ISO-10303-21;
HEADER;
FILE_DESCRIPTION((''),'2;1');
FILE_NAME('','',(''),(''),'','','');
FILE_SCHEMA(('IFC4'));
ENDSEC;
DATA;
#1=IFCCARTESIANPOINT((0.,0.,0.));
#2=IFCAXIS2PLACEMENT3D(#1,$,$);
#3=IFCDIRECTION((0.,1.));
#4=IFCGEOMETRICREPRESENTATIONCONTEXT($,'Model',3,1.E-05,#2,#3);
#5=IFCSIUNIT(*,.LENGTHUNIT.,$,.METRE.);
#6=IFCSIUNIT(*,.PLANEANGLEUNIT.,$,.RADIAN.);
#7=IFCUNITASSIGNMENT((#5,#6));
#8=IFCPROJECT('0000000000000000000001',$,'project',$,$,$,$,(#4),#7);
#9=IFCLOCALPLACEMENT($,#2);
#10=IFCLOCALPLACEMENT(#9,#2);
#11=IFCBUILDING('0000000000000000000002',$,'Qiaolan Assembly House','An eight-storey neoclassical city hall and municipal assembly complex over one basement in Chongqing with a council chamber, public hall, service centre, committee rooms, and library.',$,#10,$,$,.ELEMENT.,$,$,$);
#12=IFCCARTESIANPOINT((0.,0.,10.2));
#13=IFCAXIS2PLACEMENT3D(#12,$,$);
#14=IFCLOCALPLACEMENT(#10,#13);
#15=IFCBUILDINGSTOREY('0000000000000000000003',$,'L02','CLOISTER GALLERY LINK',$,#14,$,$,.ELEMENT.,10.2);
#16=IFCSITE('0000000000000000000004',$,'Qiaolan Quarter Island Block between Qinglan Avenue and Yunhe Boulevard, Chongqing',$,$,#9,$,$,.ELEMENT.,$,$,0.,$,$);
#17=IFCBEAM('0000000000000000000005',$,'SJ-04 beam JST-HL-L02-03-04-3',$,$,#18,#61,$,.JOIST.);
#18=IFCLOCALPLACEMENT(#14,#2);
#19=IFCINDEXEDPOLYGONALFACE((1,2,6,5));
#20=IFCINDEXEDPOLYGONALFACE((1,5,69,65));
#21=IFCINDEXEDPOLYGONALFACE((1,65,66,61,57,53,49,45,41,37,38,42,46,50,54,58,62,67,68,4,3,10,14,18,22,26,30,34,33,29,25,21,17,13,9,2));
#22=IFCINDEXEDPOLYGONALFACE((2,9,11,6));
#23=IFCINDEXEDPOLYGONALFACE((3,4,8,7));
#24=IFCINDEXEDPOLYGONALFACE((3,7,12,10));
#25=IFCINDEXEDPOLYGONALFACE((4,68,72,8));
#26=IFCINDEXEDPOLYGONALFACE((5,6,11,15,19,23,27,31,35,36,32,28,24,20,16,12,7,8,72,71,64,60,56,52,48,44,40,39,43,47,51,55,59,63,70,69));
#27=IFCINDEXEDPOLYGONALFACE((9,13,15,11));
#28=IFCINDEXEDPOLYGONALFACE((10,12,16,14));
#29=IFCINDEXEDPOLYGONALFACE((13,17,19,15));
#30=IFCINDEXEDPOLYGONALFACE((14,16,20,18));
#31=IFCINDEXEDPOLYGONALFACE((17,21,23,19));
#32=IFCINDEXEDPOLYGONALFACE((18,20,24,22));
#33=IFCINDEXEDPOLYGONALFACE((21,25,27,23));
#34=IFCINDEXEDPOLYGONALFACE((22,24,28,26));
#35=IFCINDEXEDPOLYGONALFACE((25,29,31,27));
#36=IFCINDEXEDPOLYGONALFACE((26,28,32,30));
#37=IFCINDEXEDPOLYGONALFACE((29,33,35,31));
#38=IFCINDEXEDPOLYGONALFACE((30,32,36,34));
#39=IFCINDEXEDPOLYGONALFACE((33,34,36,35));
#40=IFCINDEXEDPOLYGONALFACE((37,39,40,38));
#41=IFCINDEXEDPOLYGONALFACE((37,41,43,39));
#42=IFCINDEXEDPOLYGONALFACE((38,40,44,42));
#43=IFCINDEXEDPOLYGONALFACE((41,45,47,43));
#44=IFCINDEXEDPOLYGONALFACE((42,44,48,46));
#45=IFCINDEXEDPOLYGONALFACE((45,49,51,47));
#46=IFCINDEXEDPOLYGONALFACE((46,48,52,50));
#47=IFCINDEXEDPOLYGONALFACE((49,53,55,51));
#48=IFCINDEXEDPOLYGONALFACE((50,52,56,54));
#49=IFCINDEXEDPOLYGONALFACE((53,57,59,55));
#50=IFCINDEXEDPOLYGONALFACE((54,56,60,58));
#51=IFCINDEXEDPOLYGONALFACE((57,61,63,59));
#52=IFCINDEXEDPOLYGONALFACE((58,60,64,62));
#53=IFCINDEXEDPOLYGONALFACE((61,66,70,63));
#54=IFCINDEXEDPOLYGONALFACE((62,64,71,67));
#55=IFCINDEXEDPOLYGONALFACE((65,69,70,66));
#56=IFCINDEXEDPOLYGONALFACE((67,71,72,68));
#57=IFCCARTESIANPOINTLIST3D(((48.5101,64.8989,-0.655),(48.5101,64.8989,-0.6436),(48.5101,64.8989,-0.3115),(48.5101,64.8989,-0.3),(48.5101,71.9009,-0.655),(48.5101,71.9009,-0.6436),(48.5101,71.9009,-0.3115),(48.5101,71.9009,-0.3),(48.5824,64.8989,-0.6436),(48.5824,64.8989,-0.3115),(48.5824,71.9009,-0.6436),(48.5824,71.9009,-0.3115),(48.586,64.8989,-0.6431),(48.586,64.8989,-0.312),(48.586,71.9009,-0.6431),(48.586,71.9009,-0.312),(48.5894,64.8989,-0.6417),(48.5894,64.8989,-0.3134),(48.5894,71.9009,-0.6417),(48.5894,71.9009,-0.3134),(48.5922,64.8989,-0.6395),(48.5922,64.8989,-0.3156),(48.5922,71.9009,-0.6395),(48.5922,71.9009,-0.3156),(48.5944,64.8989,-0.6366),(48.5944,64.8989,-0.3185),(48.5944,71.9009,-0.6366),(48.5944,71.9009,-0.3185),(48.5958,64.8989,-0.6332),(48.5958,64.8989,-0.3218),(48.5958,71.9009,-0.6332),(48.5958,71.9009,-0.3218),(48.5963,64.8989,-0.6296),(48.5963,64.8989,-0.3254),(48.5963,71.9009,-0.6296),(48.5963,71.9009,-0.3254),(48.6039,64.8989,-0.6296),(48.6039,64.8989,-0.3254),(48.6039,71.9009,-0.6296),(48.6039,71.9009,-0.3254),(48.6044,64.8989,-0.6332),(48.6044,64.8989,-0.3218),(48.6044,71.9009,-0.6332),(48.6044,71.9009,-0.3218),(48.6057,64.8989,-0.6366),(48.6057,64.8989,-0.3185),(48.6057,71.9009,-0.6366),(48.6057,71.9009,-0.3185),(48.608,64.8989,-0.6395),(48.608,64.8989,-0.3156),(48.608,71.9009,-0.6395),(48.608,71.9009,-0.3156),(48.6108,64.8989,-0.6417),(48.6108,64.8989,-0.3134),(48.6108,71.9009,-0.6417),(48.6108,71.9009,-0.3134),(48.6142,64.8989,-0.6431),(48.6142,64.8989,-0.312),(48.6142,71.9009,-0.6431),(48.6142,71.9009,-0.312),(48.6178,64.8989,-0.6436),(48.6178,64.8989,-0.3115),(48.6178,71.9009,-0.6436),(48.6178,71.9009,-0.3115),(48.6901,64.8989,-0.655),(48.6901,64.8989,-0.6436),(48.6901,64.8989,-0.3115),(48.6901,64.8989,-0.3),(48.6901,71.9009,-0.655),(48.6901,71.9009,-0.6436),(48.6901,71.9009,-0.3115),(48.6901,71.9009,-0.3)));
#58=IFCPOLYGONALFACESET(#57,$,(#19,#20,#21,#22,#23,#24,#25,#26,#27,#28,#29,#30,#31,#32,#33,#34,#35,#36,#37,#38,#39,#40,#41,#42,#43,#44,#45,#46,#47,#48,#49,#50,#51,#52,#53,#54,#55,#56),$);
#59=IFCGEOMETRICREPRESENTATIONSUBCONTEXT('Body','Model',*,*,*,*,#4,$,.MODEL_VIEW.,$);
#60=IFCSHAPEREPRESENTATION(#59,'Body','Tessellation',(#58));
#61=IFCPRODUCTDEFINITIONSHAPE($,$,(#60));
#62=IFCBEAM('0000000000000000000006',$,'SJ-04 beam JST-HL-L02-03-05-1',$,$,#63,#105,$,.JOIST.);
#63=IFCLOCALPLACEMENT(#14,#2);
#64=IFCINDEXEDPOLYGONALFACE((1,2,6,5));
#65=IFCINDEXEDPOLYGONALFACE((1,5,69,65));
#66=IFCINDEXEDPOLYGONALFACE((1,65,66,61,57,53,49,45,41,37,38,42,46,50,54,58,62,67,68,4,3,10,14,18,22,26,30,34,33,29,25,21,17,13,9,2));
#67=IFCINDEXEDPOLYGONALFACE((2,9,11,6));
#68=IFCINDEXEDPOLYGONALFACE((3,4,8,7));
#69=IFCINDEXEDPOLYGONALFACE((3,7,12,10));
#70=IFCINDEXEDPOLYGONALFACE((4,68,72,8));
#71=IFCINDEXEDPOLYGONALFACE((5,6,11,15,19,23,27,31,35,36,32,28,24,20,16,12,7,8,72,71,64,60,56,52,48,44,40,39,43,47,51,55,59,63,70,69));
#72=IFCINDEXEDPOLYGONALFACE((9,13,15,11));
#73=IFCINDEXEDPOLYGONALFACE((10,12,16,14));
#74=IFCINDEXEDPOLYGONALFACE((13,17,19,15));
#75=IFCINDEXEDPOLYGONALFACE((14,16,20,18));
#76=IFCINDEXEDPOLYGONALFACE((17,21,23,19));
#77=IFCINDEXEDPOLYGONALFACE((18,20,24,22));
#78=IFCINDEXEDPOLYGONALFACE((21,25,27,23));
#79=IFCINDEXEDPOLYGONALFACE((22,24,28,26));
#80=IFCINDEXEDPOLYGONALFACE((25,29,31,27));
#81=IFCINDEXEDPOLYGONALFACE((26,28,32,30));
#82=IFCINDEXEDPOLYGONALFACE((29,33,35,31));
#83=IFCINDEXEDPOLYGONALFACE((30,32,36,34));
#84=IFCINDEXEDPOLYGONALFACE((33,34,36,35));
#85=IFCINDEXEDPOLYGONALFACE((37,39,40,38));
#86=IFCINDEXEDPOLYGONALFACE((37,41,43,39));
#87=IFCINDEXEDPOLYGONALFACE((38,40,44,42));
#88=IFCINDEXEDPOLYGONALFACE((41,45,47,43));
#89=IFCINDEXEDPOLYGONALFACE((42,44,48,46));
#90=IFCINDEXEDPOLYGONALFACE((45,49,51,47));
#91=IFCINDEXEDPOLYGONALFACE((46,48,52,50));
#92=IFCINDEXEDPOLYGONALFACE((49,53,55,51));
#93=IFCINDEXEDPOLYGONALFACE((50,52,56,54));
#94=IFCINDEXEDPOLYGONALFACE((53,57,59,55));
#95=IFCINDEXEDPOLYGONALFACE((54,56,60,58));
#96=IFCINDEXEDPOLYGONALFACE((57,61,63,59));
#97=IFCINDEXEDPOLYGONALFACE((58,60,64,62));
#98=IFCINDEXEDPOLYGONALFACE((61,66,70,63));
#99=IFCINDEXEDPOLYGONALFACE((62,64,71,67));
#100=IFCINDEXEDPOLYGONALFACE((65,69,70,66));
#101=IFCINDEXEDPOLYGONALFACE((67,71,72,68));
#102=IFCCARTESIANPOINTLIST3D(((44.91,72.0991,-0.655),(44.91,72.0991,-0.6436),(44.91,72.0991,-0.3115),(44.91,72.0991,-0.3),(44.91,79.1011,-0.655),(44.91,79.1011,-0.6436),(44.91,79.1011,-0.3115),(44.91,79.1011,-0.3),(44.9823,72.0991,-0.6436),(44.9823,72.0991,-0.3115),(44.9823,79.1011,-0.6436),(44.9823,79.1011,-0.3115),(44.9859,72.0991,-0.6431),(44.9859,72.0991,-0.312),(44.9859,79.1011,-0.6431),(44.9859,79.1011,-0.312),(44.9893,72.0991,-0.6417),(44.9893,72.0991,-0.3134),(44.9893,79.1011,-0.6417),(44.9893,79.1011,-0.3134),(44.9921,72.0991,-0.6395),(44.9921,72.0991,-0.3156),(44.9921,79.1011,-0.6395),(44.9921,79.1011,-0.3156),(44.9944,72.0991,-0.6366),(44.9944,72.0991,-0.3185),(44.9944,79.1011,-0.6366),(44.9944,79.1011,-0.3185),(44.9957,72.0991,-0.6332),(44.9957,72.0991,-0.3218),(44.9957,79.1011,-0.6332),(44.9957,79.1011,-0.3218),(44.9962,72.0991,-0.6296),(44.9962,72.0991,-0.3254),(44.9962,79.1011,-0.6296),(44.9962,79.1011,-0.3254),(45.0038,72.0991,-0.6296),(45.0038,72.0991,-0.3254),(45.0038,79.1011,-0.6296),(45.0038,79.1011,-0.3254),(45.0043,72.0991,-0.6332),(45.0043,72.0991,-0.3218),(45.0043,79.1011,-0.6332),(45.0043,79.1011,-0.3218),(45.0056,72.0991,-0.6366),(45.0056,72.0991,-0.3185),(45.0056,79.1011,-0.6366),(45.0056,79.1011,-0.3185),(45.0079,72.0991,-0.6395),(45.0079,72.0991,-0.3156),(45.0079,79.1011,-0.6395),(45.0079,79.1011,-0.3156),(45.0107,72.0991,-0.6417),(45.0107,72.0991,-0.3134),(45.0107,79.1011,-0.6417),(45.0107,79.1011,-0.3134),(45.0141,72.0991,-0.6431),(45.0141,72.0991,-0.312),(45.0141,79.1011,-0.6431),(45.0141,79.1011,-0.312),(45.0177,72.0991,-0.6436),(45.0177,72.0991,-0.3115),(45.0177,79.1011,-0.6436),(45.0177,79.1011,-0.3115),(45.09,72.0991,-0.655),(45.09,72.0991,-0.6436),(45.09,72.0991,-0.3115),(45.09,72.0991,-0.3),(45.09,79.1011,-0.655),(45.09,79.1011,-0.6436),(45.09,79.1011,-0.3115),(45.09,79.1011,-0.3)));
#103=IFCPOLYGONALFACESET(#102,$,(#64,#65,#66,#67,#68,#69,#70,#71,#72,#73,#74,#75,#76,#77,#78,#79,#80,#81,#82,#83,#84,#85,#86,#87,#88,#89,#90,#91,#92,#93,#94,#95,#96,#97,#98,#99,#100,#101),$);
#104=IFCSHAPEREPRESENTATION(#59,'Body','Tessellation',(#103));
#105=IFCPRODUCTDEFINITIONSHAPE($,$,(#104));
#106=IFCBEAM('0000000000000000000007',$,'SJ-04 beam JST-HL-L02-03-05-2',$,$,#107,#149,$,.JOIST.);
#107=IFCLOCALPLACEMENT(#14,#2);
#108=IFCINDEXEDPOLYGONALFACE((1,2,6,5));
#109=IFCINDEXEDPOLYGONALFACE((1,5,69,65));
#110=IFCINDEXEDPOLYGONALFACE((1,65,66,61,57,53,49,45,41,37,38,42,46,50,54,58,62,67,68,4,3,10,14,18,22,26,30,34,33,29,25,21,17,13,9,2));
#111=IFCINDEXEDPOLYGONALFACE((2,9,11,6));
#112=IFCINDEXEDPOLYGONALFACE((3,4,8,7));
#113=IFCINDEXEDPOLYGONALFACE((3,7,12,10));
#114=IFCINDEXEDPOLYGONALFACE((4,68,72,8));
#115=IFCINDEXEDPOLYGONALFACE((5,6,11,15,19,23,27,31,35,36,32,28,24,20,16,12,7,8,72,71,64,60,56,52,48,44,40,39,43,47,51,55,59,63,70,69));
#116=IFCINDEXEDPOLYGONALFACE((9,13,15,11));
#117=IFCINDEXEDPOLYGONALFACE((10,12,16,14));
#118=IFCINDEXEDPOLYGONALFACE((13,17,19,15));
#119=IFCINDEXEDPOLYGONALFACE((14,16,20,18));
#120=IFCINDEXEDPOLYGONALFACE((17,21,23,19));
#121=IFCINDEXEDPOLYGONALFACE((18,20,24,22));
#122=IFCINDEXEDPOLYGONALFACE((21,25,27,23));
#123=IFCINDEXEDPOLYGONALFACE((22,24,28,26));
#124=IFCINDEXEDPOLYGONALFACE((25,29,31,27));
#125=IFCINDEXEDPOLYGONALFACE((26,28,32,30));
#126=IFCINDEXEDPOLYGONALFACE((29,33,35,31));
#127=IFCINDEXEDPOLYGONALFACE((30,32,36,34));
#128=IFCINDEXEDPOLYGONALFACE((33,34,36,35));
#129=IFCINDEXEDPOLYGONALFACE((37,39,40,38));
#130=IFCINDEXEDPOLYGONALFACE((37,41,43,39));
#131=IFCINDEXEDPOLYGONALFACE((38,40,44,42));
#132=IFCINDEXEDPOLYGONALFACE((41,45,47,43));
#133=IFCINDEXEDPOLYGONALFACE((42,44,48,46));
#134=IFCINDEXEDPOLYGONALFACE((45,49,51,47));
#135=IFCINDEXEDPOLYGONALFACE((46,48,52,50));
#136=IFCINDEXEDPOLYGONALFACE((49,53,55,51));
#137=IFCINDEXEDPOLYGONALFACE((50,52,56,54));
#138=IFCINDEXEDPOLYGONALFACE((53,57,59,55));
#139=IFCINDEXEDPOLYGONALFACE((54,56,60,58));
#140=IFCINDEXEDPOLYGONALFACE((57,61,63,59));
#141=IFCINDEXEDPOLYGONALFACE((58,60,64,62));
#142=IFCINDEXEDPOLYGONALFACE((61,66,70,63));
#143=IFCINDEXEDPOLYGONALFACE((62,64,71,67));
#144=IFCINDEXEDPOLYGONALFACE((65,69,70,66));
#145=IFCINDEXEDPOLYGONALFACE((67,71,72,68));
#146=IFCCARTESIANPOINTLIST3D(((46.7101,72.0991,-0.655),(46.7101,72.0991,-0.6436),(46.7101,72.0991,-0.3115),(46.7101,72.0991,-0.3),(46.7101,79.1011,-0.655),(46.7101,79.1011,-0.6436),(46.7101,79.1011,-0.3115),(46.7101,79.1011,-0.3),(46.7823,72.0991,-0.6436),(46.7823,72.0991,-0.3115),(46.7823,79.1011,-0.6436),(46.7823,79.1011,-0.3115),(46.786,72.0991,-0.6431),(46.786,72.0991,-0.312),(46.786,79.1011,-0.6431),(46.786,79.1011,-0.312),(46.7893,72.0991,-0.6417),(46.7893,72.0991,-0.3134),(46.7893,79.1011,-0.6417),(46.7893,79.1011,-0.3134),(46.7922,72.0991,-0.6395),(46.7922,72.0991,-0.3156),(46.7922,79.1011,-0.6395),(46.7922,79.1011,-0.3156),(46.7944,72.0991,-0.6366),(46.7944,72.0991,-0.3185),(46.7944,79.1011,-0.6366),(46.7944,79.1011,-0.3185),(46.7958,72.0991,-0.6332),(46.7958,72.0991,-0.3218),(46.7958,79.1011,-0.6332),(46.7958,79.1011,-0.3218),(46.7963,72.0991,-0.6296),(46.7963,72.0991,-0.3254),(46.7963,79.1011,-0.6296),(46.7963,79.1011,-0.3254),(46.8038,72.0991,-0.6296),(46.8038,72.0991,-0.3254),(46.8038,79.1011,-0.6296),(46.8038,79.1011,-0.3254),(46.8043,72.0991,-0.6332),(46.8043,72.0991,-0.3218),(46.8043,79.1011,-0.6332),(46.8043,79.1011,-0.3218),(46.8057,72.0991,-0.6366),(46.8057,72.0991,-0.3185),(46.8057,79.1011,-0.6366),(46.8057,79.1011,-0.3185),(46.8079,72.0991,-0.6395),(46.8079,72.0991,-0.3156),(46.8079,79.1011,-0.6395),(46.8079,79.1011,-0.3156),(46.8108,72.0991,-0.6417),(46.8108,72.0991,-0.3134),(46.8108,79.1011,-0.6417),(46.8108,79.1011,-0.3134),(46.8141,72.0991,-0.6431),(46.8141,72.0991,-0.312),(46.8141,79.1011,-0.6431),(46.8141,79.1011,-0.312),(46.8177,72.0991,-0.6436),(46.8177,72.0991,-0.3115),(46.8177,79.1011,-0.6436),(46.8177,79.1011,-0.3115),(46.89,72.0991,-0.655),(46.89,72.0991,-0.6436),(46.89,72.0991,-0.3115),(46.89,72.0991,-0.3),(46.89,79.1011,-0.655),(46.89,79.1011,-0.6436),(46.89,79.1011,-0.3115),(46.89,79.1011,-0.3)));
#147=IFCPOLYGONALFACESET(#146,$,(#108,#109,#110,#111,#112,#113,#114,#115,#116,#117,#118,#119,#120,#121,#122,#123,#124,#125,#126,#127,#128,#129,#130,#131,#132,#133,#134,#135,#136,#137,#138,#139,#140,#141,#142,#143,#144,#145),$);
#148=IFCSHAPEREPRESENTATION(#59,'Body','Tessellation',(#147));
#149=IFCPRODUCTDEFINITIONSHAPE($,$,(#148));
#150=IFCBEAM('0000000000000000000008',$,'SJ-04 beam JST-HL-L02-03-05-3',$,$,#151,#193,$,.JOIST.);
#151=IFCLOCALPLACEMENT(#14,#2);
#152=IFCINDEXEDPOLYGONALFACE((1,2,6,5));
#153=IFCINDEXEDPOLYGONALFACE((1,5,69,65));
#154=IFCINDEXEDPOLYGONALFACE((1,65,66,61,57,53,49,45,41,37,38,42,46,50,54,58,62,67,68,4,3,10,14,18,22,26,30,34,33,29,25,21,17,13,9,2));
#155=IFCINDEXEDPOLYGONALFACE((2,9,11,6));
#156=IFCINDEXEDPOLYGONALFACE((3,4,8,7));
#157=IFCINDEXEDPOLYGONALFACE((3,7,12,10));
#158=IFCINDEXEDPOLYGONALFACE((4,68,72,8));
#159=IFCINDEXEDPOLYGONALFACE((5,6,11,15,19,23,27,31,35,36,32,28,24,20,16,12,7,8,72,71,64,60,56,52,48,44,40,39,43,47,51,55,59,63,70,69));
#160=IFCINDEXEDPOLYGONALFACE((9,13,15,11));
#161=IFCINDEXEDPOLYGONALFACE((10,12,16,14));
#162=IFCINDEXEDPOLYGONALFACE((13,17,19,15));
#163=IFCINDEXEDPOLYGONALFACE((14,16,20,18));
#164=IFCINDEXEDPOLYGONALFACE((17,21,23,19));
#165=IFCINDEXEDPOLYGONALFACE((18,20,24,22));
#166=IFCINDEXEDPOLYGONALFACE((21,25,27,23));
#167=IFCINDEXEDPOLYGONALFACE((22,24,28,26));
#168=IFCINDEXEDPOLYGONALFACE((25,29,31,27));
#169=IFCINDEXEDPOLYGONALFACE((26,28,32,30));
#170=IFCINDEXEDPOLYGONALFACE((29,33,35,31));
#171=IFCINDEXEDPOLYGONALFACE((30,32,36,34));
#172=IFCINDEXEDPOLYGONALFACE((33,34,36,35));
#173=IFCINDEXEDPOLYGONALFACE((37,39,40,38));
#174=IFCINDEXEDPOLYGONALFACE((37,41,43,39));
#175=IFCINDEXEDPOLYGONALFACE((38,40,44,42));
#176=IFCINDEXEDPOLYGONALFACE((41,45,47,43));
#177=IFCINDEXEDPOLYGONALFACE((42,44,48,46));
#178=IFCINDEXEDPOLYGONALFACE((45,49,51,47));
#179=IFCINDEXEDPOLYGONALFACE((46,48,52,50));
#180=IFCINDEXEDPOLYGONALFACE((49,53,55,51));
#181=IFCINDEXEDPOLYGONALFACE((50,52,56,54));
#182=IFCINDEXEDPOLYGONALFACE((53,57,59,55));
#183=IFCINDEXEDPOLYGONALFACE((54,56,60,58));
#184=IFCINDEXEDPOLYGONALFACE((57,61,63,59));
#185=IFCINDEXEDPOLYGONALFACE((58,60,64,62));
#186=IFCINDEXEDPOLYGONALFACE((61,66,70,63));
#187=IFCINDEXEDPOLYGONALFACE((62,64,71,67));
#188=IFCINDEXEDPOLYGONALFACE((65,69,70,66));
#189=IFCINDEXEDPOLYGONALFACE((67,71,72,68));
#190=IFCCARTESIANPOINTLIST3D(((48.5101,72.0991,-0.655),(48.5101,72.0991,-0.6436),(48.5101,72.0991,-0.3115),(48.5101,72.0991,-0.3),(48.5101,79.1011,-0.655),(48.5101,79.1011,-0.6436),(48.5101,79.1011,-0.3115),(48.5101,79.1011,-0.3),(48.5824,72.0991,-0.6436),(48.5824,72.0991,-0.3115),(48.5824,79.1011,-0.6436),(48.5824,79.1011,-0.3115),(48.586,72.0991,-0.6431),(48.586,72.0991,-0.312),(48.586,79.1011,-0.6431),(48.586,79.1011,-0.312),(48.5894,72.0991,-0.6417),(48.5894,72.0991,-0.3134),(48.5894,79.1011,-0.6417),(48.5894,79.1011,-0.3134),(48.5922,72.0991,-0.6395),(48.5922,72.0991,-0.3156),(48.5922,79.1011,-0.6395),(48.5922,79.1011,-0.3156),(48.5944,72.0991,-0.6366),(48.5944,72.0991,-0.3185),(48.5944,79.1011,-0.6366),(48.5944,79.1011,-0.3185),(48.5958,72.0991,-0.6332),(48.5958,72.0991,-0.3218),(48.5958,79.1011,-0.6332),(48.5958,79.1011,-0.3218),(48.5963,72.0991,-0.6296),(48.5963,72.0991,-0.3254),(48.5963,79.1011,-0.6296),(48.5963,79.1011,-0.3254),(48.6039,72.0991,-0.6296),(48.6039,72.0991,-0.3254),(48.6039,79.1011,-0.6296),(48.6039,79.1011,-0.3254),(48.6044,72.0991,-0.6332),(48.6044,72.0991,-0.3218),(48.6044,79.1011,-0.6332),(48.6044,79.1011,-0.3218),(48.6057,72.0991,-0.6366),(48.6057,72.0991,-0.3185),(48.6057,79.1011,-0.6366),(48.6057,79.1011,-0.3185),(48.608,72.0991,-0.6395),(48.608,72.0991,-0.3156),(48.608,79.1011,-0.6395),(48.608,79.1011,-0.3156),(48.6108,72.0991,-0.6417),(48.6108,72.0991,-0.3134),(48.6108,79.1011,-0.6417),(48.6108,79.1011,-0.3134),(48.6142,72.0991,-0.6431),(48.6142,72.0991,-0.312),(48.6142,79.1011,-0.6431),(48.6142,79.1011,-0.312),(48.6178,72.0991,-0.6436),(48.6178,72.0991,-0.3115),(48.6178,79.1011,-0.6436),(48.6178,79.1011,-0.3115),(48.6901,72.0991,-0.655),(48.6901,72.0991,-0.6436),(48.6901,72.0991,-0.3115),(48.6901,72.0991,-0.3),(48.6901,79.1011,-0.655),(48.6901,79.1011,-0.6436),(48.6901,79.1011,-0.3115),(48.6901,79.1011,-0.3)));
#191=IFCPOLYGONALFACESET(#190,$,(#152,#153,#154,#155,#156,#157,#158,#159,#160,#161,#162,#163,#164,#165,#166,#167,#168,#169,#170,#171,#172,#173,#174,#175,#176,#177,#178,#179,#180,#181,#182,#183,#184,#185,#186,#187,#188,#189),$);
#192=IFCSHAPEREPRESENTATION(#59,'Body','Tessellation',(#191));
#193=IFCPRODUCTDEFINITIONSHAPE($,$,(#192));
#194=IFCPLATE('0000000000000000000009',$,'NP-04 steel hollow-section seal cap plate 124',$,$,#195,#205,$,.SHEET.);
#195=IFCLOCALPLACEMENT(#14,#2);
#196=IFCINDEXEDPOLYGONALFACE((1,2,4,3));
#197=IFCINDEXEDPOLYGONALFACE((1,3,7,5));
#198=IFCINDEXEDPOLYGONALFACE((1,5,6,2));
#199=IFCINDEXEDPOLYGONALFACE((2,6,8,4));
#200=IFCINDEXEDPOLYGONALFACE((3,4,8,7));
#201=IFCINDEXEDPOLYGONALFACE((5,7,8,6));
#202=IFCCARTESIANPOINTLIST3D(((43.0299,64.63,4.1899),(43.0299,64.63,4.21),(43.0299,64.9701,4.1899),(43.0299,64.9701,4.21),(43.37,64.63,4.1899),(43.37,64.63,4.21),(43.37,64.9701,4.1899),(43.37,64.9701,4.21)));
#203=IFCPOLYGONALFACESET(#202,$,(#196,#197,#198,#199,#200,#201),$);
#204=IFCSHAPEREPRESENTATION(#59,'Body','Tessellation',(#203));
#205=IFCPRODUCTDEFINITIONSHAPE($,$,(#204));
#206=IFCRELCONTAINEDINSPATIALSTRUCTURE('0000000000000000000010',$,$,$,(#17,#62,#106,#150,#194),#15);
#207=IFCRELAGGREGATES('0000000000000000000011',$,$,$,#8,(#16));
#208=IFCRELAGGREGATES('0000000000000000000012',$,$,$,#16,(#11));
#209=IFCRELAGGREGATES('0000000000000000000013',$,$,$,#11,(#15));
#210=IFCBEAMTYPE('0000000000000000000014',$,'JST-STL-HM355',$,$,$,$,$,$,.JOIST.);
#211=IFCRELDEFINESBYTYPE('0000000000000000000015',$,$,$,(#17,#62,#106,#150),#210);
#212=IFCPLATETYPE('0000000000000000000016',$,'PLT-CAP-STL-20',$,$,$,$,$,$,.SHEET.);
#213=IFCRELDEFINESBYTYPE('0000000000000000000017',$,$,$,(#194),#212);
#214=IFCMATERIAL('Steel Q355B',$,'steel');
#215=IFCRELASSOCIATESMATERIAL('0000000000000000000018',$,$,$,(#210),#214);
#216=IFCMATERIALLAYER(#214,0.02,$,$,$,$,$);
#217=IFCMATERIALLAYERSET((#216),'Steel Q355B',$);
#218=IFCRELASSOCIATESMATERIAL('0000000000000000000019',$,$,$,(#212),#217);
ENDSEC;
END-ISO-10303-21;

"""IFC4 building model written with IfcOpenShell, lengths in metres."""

from ifc_helpers import new_model, si_unit, direction, frame, origin, origin_2d, place, context, subcontext, project, spatial, rectangle, i_section, extrude, material, layer, layer_set, material_profile, profile_set, type_object, element, save


model = new_model("IFC4")

# Units and contexts
model_context = context("Model", 3, precision=1e-05, world=origin(), true_north=direction((0.0, 1.0)))
body_context = subcontext(model_context, "Body", "Model", "MODEL_VIEW")
ifc_project = project(units=[si_unit("LENGTHUNIT", "METRE"), si_unit("PLANEANGLEUNIT", "RADIAN")], contexts=[model_context])

# Site, building, storey
site_placement = place(None, origin())
site = spatial("IfcSite", under=ifc_project, at=site_placement, Name="Qiaolan Quarter Island Block between Qinglan Avenue and Yunhe Boulevard, Chongqing", CompositionType="ELEMENT", RefElevation=0.0)
building_placement = place(site_placement, origin())
building = spatial("IfcBuilding", under=site, at=building_placement, Name="Qiaolan Assembly House", Description="An eight-storey neoclassical city hall and municipal assembly complex over one basement in Chongqing with a council chamber, public hall, service centre, committee rooms, and library.", CompositionType="ELEMENT")
storey_placement = place(building_placement, frame((0.0, 0.0, 10.2)))
storey = spatial("IfcBuildingStorey", under=building, at=storey_placement, Name="L02", Description="CLOISTER GALLERY LINK", CompositionType="ELEMENT", Elevation=10.2)

# Shared definitions
ifc_material_1 = material(Name="Steel Q355B", Category="steel")

# Beams
ifc_material_profile_1 = material_profile(ifc_material_1, i_section(OverallWidth=0.1799, OverallDepth=0.355, WebThickness=0.0076, FlangeThickness=0.0115, FilletRadius=0.0139, at=origin_2d()), Name="HM 355x180x7.5x11.5")
ifc_profile_set_1 = profile_set([ifc_material_profile_1], Name="Steel Q355B")
beam_type_1 = type_object("IfcBeamType", Name="JST-STL-HM355", PredefinedType="JOIST", material=ifc_profile_set_1)
for number, where, z_axis, x_axis, name in (
    (1, (48.6001, 64.8989, -0.4775), (0.0, 1.0, 0.0), (-1.0, 0.0, 0.0), "SJ-04 beam JST-HL-L02-03-04-3"),
    (2, (45.0, 72.0991, -0.4775), (0.0, 1.0, 0.0), (-1.0, 0.0, 0.0), "SJ-04 beam JST-HL-L02-03-05-1"),
    (3, (46.8, 72.0991, -0.4775), (0.0, 1.0, 0.0), (-1.0, 0.0, 0.0), "SJ-04 beam JST-HL-L02-03-05-2"),
    (4, (48.6001, 72.0991, -0.4775), (0.0, 1.0, 0.0), (-1.0, 0.0, 0.0), "SJ-04 beam JST-HL-L02-03-05-3"),
):
    element("IfcBeam", number, at=place(storey_placement, frame(where, z_axis=z_axis, x_axis=x_axis)), inside=storey, type_object=beam_type_1, Name=name, PredefinedType="JOIST", context=body_context, shape_type="SweptSolid", body=[
        extrude(i_section(OverallWidth=0.1799, OverallDepth=0.355, WebThickness=0.0076, FlangeThickness=0.0115, FilletRadius=0.0139, at=origin_2d()), origin(), (0.0, 0.0, 1.0), 7.002),
    ])

# Plate
ifc_layer = layer(ifc_material_1, 0.02)
ifc_layer_set = layer_set([ifc_layer], Name="Steel Q355B")
plate_type = type_object("IfcPlateType", Name="PLT-CAP-STL-20", PredefinedType="SHEET", material=ifc_layer_set)
for number, where, z_axis, x_axis, name in (
    (5, (43.2, 64.8, 4.1899), (0.0, 0.0, 1.0), (1.0, 0.0, 0.0), "NP-04 steel hollow-section seal cap plate 124"),
):
    element("IfcPlate", number, at=place(storey_placement, frame(where, z_axis=z_axis, x_axis=x_axis)), inside=storey, type_object=plate_type, Name=name, PredefinedType="SHEET", context=body_context, shape_type="SweptSolid", body=[
        extrude(rectangle(XDim=0.3401, YDim=0.3401, at=origin_2d()), origin(), (0.0, 0.0, 1.0), 0.02),
    ])

save(model, "model.ifc")
